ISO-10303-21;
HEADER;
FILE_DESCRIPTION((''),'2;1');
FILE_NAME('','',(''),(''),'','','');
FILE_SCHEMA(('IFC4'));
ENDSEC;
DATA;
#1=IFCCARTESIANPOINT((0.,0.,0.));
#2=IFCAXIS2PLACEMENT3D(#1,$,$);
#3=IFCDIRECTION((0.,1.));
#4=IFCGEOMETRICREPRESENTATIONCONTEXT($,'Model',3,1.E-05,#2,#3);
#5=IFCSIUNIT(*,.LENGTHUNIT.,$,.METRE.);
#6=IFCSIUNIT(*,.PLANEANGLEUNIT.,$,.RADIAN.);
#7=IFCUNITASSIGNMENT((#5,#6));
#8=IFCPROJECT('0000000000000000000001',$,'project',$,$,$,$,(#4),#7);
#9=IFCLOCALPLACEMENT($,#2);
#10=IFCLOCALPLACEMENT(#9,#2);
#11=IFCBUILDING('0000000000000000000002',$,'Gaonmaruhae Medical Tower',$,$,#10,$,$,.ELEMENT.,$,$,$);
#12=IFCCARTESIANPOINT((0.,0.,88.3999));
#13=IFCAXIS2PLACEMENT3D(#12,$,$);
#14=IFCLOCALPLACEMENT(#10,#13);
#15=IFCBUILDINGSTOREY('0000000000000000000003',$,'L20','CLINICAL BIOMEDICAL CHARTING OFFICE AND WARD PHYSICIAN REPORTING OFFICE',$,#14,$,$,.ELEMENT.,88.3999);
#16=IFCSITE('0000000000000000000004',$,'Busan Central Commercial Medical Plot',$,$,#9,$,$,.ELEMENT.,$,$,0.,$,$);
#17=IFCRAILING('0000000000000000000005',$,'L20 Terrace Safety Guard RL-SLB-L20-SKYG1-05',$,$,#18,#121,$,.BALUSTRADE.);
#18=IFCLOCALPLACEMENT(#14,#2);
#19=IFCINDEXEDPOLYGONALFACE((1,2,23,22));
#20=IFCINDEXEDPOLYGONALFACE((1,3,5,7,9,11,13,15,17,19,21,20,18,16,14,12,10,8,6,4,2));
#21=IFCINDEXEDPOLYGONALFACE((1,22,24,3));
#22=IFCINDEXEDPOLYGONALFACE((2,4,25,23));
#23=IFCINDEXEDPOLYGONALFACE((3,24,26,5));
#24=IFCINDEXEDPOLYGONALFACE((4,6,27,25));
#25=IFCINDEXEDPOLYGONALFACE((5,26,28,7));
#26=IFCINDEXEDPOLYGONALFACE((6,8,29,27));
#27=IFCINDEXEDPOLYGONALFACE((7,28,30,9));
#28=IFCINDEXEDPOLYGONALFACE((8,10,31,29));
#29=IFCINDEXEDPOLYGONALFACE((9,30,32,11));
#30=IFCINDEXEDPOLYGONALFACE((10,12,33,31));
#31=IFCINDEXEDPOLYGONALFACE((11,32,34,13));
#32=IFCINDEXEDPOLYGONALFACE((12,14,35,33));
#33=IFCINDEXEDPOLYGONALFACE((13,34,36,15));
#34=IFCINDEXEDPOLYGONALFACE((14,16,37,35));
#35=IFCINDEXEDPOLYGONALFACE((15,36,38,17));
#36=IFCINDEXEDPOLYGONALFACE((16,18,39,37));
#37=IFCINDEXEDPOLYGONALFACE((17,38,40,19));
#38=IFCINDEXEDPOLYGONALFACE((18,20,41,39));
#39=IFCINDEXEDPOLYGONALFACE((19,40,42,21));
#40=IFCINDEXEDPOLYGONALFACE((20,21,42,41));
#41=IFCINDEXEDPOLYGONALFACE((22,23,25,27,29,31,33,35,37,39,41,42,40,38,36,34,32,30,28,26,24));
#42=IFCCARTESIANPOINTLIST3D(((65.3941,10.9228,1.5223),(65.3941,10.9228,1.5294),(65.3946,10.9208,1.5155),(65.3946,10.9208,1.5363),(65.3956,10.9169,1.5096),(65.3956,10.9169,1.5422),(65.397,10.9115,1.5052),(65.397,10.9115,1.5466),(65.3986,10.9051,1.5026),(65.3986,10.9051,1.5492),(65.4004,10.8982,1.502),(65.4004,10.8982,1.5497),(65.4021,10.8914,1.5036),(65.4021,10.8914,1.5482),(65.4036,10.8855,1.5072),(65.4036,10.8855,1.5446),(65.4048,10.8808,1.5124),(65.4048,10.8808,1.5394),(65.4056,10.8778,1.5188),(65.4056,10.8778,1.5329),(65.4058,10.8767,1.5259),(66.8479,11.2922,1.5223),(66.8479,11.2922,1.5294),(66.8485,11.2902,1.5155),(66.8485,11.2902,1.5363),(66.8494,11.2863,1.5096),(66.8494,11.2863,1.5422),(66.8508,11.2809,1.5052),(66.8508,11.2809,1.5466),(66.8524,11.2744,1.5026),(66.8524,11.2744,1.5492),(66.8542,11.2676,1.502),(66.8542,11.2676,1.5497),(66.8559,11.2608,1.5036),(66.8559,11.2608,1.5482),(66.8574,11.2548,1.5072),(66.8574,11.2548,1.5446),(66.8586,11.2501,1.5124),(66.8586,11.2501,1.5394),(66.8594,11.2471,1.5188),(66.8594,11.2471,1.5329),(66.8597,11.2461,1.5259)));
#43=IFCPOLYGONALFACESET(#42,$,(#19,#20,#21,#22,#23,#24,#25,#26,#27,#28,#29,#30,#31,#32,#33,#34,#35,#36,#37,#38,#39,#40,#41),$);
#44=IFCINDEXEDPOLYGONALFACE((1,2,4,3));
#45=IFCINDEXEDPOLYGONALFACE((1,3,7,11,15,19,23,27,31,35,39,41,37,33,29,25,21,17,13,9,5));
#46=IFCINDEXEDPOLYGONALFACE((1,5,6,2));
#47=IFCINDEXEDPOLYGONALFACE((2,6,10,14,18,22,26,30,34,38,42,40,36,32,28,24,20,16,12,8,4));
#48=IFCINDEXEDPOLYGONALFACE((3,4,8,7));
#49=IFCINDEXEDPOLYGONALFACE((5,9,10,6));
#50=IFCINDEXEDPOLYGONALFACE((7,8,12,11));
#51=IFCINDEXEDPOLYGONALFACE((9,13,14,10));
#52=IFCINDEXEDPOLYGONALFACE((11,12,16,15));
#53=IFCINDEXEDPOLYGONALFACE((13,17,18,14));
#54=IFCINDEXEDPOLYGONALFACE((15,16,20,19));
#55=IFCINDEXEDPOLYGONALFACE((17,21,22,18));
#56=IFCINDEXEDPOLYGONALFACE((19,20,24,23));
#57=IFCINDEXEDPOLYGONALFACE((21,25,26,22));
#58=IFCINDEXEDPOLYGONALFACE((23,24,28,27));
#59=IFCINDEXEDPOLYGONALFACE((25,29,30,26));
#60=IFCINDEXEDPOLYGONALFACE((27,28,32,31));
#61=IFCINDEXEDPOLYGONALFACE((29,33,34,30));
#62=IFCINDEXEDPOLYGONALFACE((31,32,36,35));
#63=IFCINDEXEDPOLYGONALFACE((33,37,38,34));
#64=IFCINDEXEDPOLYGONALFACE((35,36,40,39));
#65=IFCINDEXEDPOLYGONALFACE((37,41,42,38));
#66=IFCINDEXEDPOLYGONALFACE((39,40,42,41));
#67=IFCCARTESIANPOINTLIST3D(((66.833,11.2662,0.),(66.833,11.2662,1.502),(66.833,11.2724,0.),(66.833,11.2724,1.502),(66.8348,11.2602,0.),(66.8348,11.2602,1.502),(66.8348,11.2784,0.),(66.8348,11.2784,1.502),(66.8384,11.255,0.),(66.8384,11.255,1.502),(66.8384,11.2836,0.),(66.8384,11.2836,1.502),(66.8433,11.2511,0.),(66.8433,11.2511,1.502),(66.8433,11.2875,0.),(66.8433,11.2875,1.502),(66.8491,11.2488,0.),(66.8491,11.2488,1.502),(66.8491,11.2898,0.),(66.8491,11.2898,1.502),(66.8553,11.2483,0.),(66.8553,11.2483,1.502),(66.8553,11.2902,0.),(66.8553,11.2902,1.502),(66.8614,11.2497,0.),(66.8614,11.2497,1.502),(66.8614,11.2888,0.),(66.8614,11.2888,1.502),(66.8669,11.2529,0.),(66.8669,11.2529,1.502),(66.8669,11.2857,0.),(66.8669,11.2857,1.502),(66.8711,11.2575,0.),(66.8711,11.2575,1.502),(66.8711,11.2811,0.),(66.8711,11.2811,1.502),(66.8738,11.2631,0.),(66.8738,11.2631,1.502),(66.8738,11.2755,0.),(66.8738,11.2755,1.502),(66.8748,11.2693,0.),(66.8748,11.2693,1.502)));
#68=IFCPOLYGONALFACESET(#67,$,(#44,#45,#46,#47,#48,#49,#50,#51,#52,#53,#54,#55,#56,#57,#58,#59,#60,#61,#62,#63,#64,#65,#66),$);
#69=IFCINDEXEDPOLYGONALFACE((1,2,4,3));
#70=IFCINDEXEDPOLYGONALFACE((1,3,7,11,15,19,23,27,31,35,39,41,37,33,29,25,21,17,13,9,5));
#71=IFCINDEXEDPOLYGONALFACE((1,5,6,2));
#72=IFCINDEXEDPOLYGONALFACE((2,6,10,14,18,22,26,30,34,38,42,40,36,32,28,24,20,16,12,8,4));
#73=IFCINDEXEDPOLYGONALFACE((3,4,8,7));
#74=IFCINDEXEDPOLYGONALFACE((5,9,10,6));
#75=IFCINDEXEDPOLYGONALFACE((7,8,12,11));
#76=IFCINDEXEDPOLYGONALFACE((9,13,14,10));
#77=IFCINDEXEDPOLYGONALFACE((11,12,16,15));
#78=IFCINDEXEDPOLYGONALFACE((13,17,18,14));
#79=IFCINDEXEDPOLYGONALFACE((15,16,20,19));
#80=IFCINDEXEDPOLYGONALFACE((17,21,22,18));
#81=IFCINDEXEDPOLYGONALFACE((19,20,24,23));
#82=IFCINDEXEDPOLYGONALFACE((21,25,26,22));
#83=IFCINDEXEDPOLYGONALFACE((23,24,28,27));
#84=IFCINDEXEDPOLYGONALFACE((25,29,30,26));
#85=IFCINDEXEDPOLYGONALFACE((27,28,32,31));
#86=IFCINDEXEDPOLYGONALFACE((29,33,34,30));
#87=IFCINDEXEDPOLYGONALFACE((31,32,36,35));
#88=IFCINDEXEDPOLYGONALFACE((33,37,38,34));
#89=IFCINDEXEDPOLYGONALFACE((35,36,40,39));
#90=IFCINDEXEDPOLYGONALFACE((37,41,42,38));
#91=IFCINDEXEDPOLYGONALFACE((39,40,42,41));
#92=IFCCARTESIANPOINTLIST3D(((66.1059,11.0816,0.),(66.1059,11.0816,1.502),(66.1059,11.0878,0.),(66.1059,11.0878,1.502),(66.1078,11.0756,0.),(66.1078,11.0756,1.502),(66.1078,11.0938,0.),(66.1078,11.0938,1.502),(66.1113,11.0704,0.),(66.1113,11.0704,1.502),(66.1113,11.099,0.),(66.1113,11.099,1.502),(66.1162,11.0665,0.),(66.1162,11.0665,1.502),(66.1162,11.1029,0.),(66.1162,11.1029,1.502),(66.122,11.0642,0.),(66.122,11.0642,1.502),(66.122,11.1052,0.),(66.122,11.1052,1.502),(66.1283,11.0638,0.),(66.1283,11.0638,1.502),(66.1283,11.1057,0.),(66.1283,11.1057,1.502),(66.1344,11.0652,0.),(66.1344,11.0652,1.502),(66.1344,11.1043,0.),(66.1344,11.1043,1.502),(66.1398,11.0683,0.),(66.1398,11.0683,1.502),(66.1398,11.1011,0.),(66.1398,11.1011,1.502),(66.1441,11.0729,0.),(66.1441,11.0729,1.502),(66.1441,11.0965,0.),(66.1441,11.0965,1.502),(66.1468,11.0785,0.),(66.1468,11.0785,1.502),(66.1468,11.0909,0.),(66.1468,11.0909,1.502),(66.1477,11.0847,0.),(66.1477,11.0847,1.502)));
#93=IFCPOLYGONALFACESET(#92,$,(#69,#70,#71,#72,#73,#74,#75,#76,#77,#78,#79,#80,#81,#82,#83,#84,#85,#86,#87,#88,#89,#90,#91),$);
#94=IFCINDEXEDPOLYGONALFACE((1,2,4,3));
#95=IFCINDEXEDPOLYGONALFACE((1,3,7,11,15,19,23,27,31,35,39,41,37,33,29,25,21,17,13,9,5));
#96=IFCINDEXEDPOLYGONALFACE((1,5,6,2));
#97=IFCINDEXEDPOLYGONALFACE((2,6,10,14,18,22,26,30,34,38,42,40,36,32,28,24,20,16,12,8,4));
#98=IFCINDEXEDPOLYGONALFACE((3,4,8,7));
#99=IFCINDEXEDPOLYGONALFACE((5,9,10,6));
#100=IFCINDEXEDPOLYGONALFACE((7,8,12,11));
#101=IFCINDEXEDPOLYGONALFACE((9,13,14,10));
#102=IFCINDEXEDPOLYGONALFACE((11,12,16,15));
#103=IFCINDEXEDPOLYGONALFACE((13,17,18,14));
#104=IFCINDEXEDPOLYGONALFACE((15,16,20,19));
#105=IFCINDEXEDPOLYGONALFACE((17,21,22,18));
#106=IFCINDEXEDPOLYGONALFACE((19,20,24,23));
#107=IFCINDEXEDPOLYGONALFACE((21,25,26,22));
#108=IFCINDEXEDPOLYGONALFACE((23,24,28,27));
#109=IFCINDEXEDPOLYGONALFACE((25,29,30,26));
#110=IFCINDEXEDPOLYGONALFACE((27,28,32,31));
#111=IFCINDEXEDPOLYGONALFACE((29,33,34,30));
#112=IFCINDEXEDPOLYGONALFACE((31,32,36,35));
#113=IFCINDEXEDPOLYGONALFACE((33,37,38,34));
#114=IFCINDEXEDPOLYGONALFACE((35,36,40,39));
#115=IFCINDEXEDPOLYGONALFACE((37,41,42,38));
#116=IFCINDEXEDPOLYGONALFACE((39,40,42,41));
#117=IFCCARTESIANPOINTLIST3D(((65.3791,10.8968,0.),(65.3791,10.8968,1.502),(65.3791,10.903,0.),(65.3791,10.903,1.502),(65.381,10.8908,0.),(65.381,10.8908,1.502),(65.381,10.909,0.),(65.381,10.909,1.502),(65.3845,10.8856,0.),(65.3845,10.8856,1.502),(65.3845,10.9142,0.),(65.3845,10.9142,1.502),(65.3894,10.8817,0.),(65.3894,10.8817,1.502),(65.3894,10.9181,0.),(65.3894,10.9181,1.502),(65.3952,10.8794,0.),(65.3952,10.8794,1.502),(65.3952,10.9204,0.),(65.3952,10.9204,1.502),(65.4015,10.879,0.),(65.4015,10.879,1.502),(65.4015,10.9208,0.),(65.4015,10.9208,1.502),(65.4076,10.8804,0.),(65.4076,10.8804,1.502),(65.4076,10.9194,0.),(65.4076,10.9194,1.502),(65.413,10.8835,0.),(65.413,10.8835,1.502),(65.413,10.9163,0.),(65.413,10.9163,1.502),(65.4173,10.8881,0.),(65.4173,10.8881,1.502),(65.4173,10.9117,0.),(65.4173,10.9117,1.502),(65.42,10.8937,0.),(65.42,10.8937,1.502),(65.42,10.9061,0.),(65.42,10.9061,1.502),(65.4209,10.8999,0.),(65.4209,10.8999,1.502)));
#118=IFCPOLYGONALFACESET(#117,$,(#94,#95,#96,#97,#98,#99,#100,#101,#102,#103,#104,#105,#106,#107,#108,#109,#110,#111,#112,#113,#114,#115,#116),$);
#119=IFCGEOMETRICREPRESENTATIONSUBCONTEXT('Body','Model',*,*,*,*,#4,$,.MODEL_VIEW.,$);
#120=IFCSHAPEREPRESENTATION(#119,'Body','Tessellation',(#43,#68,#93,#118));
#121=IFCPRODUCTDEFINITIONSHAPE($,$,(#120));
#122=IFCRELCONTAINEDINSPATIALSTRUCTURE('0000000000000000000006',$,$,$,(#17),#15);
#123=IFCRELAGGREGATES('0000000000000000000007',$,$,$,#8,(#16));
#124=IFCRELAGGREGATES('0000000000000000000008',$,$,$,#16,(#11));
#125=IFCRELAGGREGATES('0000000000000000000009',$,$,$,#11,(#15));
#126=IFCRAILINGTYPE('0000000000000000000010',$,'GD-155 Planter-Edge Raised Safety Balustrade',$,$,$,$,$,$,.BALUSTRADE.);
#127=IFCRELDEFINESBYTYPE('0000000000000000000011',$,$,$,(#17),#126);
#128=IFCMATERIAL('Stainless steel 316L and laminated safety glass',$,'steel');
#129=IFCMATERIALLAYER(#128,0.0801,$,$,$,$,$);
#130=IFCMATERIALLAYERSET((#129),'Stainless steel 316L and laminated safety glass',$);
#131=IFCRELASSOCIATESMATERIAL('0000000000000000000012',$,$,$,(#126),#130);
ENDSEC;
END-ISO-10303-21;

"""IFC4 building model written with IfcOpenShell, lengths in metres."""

from ifc_helpers import new_model, si_unit, direction, frame, origin, origin_2d, place, context, subcontext, project, spatial, circle, extrude, material, layer, layer_set, type_object, element, save


model = new_model("IFC4")

# Units and contexts
model_context = context("Model", 3, precision=1e-05, world=origin(), true_north=direction((0.0, 1.0)))
body_context = subcontext(model_context, "Body", "Model", "MODEL_VIEW")
ifc_project = project(units=[si_unit("LENGTHUNIT", "METRE"), si_unit("PLANEANGLEUNIT", "RADIAN")], contexts=[model_context])

# Site, building, storey
site_placement = place(None, origin())
site = spatial("IfcSite", under=ifc_project, at=site_placement, Name="Busan Central Commercial Medical Plot", CompositionType="ELEMENT", RefElevation=0.0)
building_placement = place(site_placement, origin())
building = spatial("IfcBuilding", under=site, at=building_placement, Name="Gaonmaruhae Medical Tower", CompositionType="ELEMENT")
storey_placement = place(building_placement, frame((0.0, 0.0, 88.3999)))
storey = spatial("IfcBuildingStorey", under=building, at=storey_placement, Name="L20", Description="CLINICAL BIOMEDICAL CHARTING OFFICE AND WARD PHYSICIAN REPORTING OFFICE", CompositionType="ELEMENT", Elevation=88.3999)

# Railing
ifc_material_1 = material(Name="Stainless steel 316L and laminated safety glass", Category="steel")
ifc_layer_1 = layer(ifc_material_1, 0.0801)
ifc_layer_set_1 = layer_set([ifc_layer_1], Name="Stainless steel 316L and laminated safety glass")
railing_type = type_object("IfcRailingType", Name="GD-155 Planter-Edge Raised Safety Balustrade", PredefinedType="BALUSTRADE", material=ifc_layer_set_1)
railing_1_placement = place(storey_placement, frame((66.8538, 11.2693, 0.0)))
element("IfcRailing", 1, at=railing_1_placement, inside=storey, type_object=railing_type, Name="L20 Terrace Safety Guard RL-SLB-L20-SKYG1-05", PredefinedType="BALUSTRADE", context=body_context, shape_type="SweptSolid", body=[
    extrude(circle(Radius=0.0239, at=origin_2d()), frame((0.0, 0.0, 1.5259), z_axis=(-0.969207, -0.246248, 0.0), x_axis=(0.246248, -0.969207, 0.0)), (0.0, 0.0, 1.0), 1.5),
    extrude(circle(Radius=0.021, at=origin_2d()), origin(), (0.0, 0.0, 1.0), 1.502),
    extrude(circle(Radius=0.021, at=origin_2d()), frame((-0.7271, -0.1846, 0.0)), (0.0, 0.0, 1.0), 1.502),
    extrude(circle(Radius=0.021, at=origin_2d()), frame((-1.4539, -0.3694, 0.0)), (0.0, 0.0, 1.0), 1.502),
])

save(model, "model.ifc")
